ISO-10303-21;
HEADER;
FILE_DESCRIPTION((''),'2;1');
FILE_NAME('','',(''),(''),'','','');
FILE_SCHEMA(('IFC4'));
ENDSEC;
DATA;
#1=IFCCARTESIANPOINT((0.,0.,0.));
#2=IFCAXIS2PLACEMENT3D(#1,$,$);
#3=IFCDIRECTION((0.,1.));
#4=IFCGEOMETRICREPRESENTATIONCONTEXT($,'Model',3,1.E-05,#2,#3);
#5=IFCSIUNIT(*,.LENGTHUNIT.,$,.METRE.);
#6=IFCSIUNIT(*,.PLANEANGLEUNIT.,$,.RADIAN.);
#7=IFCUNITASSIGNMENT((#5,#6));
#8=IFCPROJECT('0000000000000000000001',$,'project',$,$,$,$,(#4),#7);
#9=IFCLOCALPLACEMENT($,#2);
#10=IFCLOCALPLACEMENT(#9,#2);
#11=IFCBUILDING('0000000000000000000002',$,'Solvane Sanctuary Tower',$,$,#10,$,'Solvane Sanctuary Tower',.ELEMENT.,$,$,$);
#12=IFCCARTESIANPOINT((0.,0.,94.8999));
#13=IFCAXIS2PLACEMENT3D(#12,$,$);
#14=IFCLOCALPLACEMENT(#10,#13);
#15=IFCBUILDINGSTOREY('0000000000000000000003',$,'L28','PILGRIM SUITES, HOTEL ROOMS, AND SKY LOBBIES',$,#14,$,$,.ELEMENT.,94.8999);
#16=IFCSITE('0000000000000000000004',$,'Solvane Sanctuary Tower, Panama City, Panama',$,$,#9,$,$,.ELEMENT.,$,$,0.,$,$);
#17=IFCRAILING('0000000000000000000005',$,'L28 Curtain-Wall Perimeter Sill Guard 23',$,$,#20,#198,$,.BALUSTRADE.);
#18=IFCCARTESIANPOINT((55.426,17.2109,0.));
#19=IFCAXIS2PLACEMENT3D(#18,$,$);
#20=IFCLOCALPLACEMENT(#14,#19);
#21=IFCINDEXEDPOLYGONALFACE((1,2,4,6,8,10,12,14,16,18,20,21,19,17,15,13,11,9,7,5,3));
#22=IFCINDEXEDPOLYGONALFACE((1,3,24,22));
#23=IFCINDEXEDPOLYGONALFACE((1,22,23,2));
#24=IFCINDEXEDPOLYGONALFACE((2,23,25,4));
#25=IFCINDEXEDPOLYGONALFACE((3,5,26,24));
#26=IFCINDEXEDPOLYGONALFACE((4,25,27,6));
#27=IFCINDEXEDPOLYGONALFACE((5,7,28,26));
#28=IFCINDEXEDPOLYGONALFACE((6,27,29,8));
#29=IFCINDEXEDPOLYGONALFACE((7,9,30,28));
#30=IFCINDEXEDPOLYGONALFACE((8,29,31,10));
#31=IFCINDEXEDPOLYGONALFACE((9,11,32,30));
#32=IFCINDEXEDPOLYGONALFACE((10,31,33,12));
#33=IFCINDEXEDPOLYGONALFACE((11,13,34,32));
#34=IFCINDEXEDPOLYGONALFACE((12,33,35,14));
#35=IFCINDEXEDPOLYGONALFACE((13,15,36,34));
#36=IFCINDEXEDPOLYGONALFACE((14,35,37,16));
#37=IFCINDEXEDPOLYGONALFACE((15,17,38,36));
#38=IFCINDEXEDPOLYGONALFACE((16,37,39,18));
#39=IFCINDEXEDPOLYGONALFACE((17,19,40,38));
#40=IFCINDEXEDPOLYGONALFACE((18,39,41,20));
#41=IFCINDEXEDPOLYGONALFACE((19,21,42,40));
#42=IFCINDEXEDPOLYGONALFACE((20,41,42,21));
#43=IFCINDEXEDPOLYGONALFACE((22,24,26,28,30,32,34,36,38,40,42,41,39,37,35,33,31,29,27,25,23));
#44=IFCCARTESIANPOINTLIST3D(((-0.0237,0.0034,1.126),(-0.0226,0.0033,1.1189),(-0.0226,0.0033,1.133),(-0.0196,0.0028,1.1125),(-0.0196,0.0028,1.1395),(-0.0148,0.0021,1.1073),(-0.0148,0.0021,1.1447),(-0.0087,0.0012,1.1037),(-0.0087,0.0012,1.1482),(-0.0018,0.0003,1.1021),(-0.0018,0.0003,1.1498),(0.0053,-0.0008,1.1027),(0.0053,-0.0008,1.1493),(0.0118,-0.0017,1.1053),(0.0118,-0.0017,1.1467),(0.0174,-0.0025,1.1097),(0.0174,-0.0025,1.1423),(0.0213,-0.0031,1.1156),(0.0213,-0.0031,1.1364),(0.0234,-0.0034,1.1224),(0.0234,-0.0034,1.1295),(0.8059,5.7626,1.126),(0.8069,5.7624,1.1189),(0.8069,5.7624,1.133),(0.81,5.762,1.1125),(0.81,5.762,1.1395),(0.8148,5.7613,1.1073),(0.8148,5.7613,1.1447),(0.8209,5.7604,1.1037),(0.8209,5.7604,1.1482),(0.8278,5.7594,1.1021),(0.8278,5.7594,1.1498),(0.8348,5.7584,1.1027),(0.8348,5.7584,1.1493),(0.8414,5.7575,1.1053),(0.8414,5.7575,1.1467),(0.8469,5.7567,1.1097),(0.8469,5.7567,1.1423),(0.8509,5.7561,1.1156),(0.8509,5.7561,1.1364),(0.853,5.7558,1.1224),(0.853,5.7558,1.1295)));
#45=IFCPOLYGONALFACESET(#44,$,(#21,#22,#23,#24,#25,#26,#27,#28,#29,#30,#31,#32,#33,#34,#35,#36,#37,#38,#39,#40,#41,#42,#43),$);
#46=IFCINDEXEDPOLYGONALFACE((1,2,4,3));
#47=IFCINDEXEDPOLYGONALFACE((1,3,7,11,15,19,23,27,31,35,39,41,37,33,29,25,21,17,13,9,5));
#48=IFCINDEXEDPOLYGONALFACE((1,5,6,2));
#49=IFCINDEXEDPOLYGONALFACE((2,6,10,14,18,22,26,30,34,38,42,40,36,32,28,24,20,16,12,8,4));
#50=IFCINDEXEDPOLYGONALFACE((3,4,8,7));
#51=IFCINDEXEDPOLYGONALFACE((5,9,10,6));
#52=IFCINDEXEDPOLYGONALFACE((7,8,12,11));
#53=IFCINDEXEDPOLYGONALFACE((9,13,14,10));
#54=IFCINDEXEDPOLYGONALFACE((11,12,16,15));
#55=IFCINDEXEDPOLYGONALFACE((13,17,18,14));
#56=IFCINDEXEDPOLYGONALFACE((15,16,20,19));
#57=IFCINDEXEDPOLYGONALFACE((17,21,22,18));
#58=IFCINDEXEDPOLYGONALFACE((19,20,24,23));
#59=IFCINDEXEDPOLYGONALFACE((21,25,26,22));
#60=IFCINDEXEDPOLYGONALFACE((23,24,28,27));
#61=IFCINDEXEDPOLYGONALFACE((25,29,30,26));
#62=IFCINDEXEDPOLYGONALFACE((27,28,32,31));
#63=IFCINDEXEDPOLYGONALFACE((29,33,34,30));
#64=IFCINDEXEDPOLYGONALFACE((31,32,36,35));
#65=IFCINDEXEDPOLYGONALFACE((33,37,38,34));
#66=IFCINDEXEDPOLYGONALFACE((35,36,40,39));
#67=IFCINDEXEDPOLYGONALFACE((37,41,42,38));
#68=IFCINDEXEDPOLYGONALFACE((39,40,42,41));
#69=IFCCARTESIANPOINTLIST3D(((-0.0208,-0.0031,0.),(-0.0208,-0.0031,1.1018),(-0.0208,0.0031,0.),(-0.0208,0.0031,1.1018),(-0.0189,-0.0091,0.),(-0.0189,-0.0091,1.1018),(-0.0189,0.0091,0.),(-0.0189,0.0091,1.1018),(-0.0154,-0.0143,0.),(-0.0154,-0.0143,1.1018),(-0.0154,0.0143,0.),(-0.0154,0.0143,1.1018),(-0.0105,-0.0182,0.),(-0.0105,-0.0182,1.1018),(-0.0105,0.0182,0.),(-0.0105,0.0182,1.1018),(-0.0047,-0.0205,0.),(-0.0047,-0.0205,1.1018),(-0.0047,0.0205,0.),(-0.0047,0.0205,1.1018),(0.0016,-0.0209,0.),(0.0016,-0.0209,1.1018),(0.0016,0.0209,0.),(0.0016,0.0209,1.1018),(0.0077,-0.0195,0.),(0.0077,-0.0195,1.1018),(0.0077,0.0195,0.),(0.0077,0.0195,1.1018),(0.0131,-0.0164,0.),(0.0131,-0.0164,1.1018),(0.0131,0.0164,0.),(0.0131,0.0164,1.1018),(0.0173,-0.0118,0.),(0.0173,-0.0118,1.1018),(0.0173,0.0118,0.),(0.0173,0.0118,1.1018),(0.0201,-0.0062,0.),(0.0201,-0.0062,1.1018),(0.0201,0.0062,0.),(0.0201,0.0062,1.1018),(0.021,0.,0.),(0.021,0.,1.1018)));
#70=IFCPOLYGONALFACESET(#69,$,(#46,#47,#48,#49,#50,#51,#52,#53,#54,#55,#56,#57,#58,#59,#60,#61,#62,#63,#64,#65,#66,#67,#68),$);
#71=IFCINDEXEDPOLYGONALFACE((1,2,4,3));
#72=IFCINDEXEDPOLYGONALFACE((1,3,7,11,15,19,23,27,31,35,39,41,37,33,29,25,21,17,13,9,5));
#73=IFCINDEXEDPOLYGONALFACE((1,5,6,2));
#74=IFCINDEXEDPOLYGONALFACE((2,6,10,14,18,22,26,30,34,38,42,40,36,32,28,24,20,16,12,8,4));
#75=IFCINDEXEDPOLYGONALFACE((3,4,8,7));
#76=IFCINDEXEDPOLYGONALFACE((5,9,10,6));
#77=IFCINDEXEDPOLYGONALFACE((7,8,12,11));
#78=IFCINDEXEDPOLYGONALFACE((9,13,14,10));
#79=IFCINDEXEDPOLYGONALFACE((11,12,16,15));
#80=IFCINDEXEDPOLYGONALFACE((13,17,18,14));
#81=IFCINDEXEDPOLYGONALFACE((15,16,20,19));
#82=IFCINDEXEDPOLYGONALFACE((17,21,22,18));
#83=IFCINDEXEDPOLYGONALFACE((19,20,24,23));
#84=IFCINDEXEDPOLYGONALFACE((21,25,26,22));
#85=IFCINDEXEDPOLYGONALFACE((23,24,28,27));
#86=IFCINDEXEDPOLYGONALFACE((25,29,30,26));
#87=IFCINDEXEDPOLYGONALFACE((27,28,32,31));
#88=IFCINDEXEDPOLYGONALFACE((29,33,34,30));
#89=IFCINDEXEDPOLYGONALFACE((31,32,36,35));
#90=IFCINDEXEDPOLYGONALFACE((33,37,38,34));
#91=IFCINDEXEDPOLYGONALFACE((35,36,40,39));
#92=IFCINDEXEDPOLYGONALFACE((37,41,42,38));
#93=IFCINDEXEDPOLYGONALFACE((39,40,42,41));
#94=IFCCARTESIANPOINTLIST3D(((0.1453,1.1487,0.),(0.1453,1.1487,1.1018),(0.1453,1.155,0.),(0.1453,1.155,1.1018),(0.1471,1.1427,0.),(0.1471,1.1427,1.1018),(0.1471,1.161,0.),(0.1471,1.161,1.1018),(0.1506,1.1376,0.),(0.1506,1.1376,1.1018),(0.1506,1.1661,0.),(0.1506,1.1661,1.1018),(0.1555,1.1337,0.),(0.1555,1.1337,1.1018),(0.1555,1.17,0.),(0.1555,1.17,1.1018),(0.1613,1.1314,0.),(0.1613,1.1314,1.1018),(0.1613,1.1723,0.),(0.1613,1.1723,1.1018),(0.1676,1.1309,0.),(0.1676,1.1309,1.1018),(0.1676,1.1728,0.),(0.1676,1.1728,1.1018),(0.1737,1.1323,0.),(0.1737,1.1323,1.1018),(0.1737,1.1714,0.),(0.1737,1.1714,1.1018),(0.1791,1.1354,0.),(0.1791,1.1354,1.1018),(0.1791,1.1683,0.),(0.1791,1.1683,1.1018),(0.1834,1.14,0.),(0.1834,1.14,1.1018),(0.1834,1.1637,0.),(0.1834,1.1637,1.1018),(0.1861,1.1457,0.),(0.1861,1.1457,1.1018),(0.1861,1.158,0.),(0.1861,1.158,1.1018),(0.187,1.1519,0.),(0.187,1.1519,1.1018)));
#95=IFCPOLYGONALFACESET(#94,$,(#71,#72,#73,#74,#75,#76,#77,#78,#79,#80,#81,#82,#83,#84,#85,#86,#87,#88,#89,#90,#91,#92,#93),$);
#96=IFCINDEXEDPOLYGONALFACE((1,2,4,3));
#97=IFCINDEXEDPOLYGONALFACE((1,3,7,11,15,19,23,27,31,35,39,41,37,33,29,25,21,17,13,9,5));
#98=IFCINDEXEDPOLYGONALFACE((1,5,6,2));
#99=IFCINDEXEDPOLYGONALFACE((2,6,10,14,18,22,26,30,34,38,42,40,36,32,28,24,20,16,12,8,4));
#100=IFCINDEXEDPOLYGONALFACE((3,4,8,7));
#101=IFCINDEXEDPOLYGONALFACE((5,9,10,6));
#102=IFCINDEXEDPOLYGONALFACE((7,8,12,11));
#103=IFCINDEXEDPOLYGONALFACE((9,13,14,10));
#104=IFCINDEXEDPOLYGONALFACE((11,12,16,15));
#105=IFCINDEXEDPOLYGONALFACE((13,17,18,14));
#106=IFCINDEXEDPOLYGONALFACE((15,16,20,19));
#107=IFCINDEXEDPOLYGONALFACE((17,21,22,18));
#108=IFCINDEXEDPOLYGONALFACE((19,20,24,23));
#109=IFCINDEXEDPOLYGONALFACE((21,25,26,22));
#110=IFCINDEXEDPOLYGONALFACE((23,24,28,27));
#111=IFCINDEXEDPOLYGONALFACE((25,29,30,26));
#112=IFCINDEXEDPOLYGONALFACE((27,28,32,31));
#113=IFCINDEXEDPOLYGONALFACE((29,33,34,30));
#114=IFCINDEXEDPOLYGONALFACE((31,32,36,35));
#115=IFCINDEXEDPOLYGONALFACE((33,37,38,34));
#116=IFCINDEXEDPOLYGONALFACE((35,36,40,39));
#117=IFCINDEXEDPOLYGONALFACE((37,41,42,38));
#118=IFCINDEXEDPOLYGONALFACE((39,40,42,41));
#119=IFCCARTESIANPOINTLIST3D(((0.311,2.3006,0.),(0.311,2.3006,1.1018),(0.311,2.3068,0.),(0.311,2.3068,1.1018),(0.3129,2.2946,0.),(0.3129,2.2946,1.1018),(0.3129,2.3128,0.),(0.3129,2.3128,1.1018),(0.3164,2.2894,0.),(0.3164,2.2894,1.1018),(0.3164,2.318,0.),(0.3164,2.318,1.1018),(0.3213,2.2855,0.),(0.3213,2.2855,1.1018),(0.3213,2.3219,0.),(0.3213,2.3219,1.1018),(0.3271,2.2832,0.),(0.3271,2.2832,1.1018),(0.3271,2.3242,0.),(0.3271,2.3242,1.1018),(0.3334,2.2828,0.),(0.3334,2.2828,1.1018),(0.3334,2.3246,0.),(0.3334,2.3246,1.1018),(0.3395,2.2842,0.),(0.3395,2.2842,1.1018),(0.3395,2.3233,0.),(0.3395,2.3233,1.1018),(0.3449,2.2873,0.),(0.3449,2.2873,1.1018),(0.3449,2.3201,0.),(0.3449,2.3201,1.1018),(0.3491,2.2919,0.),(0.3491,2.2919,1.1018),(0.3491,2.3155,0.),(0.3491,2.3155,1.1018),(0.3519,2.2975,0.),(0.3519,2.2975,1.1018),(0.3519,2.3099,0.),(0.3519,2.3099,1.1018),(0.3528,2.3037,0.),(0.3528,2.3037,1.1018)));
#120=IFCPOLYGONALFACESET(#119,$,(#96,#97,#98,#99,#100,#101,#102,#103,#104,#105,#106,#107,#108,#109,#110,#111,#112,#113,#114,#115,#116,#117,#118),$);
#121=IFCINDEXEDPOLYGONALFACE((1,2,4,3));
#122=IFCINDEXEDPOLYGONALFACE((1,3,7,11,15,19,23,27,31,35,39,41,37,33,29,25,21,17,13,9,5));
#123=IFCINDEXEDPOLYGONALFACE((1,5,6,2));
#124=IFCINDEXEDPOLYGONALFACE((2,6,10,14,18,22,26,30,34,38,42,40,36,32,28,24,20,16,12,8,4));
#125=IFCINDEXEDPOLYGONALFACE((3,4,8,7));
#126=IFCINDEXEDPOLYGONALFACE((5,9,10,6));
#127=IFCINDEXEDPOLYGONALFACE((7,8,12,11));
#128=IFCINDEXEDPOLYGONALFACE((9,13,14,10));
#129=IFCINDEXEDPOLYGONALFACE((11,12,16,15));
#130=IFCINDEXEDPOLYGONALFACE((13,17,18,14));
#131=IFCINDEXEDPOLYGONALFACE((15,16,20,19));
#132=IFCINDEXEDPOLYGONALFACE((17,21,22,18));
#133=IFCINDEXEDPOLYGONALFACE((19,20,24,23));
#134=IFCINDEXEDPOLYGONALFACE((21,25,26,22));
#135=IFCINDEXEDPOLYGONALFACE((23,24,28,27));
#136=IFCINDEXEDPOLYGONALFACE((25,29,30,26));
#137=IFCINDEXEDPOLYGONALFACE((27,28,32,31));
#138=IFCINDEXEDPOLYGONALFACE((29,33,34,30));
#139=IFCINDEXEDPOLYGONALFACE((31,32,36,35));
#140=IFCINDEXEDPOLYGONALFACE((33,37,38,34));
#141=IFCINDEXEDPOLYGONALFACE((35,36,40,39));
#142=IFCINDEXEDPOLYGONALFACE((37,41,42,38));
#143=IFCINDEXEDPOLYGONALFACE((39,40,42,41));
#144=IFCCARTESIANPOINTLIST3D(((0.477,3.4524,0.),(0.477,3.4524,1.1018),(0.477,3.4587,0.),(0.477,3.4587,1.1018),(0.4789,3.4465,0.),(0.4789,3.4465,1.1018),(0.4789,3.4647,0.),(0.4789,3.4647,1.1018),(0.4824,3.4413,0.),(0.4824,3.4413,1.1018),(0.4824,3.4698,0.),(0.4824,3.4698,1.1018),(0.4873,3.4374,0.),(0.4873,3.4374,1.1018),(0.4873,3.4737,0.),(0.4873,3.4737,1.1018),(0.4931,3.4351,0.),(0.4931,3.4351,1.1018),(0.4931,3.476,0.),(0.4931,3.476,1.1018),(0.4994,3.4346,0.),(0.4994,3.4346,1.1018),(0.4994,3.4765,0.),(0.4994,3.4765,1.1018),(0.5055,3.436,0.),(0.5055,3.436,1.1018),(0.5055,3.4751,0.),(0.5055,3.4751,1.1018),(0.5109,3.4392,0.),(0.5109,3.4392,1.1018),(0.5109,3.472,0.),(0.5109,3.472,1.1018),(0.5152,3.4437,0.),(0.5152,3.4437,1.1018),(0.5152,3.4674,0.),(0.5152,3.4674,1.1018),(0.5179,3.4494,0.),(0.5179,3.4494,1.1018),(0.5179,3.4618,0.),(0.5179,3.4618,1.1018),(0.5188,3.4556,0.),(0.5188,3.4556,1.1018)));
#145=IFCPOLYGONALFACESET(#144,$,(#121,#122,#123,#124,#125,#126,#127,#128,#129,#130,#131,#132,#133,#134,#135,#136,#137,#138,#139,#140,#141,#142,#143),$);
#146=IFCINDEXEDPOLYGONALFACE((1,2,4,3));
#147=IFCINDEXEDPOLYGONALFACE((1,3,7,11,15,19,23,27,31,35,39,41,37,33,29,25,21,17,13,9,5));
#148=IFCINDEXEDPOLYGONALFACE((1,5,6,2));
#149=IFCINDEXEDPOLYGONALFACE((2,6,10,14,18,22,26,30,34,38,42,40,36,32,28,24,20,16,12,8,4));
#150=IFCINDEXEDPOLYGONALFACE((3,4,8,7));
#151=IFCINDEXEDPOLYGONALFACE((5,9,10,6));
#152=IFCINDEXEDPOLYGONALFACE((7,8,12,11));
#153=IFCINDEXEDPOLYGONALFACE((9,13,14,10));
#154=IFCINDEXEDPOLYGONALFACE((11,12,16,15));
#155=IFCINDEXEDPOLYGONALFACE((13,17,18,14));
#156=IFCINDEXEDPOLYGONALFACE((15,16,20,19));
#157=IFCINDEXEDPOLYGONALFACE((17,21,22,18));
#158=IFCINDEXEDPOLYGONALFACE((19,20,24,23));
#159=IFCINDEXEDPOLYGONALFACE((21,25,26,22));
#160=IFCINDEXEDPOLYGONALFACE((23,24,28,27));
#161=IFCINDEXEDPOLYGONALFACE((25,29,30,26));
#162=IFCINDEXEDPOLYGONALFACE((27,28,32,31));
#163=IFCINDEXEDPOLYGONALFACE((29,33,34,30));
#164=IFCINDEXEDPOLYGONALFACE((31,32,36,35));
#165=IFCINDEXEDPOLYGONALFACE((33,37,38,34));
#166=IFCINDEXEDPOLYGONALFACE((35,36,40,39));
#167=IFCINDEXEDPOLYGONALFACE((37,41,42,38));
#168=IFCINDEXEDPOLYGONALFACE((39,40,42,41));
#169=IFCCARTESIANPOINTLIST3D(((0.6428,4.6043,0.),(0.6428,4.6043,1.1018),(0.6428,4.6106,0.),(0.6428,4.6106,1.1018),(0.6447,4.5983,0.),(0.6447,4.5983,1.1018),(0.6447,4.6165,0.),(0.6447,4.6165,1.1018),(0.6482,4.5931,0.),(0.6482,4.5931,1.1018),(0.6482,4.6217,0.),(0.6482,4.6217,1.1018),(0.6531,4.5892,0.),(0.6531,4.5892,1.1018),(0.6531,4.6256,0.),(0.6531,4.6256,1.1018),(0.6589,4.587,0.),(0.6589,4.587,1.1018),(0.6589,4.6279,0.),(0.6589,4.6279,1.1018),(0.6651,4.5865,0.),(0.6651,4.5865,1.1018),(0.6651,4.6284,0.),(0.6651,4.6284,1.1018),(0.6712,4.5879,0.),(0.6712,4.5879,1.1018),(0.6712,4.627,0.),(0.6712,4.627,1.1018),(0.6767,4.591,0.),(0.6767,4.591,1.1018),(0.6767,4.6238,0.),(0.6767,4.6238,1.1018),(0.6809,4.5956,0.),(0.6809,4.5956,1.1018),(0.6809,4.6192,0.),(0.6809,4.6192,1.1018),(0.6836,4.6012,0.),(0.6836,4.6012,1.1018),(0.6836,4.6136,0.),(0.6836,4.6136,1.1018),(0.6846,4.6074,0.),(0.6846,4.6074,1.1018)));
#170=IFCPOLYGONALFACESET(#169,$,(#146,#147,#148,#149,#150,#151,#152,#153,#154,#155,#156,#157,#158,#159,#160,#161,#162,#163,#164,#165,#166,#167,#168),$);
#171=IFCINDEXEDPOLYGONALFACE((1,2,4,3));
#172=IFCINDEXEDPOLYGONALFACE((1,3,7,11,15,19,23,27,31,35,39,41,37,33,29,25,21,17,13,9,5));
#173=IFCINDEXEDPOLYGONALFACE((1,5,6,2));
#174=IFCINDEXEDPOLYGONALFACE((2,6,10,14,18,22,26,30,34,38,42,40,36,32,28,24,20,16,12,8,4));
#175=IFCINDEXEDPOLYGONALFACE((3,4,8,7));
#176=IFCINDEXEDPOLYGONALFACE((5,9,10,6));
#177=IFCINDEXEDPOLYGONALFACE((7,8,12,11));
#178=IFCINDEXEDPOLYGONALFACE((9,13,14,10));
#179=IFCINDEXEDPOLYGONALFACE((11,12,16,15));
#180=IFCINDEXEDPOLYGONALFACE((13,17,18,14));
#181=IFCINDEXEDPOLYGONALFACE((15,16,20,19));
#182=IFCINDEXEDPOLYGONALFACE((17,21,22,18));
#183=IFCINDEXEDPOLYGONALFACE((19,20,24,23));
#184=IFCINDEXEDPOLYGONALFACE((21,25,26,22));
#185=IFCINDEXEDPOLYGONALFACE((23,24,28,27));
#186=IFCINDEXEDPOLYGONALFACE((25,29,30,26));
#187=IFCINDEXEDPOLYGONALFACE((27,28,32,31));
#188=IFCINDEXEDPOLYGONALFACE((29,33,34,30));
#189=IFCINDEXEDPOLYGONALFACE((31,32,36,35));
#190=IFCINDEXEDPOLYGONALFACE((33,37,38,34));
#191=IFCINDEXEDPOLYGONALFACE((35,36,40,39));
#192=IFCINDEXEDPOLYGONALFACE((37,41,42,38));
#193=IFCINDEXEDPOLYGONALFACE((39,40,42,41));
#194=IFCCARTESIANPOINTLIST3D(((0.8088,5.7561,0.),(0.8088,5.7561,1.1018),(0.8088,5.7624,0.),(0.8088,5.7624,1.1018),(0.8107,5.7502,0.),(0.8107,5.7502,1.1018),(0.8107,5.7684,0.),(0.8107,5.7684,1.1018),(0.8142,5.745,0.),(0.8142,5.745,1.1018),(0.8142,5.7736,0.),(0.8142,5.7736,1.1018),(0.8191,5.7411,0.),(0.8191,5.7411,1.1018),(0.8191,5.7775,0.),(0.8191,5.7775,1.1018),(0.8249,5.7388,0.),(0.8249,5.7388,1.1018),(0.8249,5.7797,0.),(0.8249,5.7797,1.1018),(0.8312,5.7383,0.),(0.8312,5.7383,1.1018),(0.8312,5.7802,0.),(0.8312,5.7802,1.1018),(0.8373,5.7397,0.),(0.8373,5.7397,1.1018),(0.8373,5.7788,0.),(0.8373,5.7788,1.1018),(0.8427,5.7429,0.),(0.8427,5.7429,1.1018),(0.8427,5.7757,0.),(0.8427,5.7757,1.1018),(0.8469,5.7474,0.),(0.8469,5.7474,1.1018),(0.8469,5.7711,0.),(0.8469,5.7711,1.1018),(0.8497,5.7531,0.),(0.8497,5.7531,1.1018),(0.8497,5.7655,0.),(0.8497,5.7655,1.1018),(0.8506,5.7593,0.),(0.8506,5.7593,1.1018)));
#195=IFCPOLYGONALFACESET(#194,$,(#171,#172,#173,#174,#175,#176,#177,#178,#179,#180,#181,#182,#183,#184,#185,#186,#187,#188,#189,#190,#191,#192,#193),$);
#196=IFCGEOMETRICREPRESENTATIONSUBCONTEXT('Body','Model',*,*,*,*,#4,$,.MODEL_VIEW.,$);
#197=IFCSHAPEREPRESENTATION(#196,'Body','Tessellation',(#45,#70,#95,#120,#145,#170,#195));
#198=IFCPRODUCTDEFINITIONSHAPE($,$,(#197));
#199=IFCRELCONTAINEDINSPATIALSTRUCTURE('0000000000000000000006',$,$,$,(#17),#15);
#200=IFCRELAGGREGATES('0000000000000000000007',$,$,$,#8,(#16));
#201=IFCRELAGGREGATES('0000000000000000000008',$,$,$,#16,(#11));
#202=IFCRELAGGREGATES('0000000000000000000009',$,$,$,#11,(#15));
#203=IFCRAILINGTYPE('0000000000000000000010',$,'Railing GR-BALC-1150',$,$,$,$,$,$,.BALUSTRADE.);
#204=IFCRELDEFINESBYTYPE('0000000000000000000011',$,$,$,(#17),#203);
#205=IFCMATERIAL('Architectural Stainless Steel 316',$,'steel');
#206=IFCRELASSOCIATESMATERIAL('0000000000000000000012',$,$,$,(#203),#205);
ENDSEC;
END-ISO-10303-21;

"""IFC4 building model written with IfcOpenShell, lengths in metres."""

from ifc_helpers import new_model, si_unit, direction, frame, origin, origin_2d, place, context, subcontext, project, spatial, circle, extrude, material, type_object, element, save


model = new_model("IFC4")

# Units and contexts
model_context = context("Model", 3, precision=1e-05, world=origin(), true_north=direction((0.0, 1.0)))
body_context = subcontext(model_context, "Body", "Model", "MODEL_VIEW")
ifc_project = project(units=[si_unit("LENGTHUNIT", "METRE"), si_unit("PLANEANGLEUNIT", "RADIAN")], contexts=[model_context])

# Site, building, storey
site_placement = place(None, origin())
site = spatial("IfcSite", under=ifc_project, at=site_placement, Name="Solvane Sanctuary Tower, Panama City, Panama", CompositionType="ELEMENT", RefElevation=0.0)
building_placement = place(site_placement, origin())
building = spatial("IfcBuilding", under=site, at=building_placement, Name="Solvane Sanctuary Tower", LongName="Solvane Sanctuary Tower", CompositionType="ELEMENT")
storey_placement = place(building_placement, frame((0.0, 0.0, 94.8999)))
storey = spatial("IfcBuildingStorey", under=building, at=storey_placement, Name="L28", Description="PILGRIM SUITES, HOTEL ROOMS, AND SKY LOBBIES", CompositionType="ELEMENT", Elevation=94.8999)

# Shared definitions
ifc_material_1 = material(Name="Architectural Stainless Steel 316", Category="steel")

# Railing
railing_type_1 = type_object("IfcRailingType", Name="Railing GR-BALC-1150", PredefinedType="BALUSTRADE", material=ifc_material_1)
railing_1_placement = place(storey_placement, frame((55.426, 17.2109, 0.0)))
element("IfcRailing", 1, at=railing_1_placement, inside=storey, type_object=railing_type_1, Name="L28 Curtain-Wall Perimeter Sill Guard 23", PredefinedType="BALUSTRADE", context=body_context, shape_type="SweptSolid", body=[
    extrude(circle(Radius=0.0239, at=origin_2d()), frame((0.0, 0.0, 1.126), z_axis=(0.142573, 0.989784, 0.0), x_axis=(-0.989784, 0.142573, 0.0)), (0.0, 0.0, 1.0), 5.8186),
    extrude(circle(Radius=0.021, at=origin_2d()), origin(), (0.0, 0.0, 1.0), 1.1018),
    extrude(circle(Radius=0.021, at=origin_2d()), frame((0.166, 1.1519, 0.0)), (0.0, 0.0, 1.0), 1.1018),
    extrude(circle(Radius=0.021, at=origin_2d()), frame((0.3318, 2.3037, 0.0)), (0.0, 0.0, 1.0), 1.1018),
    extrude(circle(Radius=0.021, at=origin_2d()), frame((0.4978, 3.4556, 0.0)), (0.0, 0.0, 1.0), 1.1018),
    extrude(circle(Radius=0.021, at=origin_2d()), frame((0.6636, 4.6074, 0.0)), (0.0, 0.0, 1.0), 1.1018),
    extrude(circle(Radius=0.021, at=origin_2d()), frame((0.8296, 5.7593, 0.0)), (0.0, 0.0, 1.0), 1.1018),
])

save(model, "model.ifc")
